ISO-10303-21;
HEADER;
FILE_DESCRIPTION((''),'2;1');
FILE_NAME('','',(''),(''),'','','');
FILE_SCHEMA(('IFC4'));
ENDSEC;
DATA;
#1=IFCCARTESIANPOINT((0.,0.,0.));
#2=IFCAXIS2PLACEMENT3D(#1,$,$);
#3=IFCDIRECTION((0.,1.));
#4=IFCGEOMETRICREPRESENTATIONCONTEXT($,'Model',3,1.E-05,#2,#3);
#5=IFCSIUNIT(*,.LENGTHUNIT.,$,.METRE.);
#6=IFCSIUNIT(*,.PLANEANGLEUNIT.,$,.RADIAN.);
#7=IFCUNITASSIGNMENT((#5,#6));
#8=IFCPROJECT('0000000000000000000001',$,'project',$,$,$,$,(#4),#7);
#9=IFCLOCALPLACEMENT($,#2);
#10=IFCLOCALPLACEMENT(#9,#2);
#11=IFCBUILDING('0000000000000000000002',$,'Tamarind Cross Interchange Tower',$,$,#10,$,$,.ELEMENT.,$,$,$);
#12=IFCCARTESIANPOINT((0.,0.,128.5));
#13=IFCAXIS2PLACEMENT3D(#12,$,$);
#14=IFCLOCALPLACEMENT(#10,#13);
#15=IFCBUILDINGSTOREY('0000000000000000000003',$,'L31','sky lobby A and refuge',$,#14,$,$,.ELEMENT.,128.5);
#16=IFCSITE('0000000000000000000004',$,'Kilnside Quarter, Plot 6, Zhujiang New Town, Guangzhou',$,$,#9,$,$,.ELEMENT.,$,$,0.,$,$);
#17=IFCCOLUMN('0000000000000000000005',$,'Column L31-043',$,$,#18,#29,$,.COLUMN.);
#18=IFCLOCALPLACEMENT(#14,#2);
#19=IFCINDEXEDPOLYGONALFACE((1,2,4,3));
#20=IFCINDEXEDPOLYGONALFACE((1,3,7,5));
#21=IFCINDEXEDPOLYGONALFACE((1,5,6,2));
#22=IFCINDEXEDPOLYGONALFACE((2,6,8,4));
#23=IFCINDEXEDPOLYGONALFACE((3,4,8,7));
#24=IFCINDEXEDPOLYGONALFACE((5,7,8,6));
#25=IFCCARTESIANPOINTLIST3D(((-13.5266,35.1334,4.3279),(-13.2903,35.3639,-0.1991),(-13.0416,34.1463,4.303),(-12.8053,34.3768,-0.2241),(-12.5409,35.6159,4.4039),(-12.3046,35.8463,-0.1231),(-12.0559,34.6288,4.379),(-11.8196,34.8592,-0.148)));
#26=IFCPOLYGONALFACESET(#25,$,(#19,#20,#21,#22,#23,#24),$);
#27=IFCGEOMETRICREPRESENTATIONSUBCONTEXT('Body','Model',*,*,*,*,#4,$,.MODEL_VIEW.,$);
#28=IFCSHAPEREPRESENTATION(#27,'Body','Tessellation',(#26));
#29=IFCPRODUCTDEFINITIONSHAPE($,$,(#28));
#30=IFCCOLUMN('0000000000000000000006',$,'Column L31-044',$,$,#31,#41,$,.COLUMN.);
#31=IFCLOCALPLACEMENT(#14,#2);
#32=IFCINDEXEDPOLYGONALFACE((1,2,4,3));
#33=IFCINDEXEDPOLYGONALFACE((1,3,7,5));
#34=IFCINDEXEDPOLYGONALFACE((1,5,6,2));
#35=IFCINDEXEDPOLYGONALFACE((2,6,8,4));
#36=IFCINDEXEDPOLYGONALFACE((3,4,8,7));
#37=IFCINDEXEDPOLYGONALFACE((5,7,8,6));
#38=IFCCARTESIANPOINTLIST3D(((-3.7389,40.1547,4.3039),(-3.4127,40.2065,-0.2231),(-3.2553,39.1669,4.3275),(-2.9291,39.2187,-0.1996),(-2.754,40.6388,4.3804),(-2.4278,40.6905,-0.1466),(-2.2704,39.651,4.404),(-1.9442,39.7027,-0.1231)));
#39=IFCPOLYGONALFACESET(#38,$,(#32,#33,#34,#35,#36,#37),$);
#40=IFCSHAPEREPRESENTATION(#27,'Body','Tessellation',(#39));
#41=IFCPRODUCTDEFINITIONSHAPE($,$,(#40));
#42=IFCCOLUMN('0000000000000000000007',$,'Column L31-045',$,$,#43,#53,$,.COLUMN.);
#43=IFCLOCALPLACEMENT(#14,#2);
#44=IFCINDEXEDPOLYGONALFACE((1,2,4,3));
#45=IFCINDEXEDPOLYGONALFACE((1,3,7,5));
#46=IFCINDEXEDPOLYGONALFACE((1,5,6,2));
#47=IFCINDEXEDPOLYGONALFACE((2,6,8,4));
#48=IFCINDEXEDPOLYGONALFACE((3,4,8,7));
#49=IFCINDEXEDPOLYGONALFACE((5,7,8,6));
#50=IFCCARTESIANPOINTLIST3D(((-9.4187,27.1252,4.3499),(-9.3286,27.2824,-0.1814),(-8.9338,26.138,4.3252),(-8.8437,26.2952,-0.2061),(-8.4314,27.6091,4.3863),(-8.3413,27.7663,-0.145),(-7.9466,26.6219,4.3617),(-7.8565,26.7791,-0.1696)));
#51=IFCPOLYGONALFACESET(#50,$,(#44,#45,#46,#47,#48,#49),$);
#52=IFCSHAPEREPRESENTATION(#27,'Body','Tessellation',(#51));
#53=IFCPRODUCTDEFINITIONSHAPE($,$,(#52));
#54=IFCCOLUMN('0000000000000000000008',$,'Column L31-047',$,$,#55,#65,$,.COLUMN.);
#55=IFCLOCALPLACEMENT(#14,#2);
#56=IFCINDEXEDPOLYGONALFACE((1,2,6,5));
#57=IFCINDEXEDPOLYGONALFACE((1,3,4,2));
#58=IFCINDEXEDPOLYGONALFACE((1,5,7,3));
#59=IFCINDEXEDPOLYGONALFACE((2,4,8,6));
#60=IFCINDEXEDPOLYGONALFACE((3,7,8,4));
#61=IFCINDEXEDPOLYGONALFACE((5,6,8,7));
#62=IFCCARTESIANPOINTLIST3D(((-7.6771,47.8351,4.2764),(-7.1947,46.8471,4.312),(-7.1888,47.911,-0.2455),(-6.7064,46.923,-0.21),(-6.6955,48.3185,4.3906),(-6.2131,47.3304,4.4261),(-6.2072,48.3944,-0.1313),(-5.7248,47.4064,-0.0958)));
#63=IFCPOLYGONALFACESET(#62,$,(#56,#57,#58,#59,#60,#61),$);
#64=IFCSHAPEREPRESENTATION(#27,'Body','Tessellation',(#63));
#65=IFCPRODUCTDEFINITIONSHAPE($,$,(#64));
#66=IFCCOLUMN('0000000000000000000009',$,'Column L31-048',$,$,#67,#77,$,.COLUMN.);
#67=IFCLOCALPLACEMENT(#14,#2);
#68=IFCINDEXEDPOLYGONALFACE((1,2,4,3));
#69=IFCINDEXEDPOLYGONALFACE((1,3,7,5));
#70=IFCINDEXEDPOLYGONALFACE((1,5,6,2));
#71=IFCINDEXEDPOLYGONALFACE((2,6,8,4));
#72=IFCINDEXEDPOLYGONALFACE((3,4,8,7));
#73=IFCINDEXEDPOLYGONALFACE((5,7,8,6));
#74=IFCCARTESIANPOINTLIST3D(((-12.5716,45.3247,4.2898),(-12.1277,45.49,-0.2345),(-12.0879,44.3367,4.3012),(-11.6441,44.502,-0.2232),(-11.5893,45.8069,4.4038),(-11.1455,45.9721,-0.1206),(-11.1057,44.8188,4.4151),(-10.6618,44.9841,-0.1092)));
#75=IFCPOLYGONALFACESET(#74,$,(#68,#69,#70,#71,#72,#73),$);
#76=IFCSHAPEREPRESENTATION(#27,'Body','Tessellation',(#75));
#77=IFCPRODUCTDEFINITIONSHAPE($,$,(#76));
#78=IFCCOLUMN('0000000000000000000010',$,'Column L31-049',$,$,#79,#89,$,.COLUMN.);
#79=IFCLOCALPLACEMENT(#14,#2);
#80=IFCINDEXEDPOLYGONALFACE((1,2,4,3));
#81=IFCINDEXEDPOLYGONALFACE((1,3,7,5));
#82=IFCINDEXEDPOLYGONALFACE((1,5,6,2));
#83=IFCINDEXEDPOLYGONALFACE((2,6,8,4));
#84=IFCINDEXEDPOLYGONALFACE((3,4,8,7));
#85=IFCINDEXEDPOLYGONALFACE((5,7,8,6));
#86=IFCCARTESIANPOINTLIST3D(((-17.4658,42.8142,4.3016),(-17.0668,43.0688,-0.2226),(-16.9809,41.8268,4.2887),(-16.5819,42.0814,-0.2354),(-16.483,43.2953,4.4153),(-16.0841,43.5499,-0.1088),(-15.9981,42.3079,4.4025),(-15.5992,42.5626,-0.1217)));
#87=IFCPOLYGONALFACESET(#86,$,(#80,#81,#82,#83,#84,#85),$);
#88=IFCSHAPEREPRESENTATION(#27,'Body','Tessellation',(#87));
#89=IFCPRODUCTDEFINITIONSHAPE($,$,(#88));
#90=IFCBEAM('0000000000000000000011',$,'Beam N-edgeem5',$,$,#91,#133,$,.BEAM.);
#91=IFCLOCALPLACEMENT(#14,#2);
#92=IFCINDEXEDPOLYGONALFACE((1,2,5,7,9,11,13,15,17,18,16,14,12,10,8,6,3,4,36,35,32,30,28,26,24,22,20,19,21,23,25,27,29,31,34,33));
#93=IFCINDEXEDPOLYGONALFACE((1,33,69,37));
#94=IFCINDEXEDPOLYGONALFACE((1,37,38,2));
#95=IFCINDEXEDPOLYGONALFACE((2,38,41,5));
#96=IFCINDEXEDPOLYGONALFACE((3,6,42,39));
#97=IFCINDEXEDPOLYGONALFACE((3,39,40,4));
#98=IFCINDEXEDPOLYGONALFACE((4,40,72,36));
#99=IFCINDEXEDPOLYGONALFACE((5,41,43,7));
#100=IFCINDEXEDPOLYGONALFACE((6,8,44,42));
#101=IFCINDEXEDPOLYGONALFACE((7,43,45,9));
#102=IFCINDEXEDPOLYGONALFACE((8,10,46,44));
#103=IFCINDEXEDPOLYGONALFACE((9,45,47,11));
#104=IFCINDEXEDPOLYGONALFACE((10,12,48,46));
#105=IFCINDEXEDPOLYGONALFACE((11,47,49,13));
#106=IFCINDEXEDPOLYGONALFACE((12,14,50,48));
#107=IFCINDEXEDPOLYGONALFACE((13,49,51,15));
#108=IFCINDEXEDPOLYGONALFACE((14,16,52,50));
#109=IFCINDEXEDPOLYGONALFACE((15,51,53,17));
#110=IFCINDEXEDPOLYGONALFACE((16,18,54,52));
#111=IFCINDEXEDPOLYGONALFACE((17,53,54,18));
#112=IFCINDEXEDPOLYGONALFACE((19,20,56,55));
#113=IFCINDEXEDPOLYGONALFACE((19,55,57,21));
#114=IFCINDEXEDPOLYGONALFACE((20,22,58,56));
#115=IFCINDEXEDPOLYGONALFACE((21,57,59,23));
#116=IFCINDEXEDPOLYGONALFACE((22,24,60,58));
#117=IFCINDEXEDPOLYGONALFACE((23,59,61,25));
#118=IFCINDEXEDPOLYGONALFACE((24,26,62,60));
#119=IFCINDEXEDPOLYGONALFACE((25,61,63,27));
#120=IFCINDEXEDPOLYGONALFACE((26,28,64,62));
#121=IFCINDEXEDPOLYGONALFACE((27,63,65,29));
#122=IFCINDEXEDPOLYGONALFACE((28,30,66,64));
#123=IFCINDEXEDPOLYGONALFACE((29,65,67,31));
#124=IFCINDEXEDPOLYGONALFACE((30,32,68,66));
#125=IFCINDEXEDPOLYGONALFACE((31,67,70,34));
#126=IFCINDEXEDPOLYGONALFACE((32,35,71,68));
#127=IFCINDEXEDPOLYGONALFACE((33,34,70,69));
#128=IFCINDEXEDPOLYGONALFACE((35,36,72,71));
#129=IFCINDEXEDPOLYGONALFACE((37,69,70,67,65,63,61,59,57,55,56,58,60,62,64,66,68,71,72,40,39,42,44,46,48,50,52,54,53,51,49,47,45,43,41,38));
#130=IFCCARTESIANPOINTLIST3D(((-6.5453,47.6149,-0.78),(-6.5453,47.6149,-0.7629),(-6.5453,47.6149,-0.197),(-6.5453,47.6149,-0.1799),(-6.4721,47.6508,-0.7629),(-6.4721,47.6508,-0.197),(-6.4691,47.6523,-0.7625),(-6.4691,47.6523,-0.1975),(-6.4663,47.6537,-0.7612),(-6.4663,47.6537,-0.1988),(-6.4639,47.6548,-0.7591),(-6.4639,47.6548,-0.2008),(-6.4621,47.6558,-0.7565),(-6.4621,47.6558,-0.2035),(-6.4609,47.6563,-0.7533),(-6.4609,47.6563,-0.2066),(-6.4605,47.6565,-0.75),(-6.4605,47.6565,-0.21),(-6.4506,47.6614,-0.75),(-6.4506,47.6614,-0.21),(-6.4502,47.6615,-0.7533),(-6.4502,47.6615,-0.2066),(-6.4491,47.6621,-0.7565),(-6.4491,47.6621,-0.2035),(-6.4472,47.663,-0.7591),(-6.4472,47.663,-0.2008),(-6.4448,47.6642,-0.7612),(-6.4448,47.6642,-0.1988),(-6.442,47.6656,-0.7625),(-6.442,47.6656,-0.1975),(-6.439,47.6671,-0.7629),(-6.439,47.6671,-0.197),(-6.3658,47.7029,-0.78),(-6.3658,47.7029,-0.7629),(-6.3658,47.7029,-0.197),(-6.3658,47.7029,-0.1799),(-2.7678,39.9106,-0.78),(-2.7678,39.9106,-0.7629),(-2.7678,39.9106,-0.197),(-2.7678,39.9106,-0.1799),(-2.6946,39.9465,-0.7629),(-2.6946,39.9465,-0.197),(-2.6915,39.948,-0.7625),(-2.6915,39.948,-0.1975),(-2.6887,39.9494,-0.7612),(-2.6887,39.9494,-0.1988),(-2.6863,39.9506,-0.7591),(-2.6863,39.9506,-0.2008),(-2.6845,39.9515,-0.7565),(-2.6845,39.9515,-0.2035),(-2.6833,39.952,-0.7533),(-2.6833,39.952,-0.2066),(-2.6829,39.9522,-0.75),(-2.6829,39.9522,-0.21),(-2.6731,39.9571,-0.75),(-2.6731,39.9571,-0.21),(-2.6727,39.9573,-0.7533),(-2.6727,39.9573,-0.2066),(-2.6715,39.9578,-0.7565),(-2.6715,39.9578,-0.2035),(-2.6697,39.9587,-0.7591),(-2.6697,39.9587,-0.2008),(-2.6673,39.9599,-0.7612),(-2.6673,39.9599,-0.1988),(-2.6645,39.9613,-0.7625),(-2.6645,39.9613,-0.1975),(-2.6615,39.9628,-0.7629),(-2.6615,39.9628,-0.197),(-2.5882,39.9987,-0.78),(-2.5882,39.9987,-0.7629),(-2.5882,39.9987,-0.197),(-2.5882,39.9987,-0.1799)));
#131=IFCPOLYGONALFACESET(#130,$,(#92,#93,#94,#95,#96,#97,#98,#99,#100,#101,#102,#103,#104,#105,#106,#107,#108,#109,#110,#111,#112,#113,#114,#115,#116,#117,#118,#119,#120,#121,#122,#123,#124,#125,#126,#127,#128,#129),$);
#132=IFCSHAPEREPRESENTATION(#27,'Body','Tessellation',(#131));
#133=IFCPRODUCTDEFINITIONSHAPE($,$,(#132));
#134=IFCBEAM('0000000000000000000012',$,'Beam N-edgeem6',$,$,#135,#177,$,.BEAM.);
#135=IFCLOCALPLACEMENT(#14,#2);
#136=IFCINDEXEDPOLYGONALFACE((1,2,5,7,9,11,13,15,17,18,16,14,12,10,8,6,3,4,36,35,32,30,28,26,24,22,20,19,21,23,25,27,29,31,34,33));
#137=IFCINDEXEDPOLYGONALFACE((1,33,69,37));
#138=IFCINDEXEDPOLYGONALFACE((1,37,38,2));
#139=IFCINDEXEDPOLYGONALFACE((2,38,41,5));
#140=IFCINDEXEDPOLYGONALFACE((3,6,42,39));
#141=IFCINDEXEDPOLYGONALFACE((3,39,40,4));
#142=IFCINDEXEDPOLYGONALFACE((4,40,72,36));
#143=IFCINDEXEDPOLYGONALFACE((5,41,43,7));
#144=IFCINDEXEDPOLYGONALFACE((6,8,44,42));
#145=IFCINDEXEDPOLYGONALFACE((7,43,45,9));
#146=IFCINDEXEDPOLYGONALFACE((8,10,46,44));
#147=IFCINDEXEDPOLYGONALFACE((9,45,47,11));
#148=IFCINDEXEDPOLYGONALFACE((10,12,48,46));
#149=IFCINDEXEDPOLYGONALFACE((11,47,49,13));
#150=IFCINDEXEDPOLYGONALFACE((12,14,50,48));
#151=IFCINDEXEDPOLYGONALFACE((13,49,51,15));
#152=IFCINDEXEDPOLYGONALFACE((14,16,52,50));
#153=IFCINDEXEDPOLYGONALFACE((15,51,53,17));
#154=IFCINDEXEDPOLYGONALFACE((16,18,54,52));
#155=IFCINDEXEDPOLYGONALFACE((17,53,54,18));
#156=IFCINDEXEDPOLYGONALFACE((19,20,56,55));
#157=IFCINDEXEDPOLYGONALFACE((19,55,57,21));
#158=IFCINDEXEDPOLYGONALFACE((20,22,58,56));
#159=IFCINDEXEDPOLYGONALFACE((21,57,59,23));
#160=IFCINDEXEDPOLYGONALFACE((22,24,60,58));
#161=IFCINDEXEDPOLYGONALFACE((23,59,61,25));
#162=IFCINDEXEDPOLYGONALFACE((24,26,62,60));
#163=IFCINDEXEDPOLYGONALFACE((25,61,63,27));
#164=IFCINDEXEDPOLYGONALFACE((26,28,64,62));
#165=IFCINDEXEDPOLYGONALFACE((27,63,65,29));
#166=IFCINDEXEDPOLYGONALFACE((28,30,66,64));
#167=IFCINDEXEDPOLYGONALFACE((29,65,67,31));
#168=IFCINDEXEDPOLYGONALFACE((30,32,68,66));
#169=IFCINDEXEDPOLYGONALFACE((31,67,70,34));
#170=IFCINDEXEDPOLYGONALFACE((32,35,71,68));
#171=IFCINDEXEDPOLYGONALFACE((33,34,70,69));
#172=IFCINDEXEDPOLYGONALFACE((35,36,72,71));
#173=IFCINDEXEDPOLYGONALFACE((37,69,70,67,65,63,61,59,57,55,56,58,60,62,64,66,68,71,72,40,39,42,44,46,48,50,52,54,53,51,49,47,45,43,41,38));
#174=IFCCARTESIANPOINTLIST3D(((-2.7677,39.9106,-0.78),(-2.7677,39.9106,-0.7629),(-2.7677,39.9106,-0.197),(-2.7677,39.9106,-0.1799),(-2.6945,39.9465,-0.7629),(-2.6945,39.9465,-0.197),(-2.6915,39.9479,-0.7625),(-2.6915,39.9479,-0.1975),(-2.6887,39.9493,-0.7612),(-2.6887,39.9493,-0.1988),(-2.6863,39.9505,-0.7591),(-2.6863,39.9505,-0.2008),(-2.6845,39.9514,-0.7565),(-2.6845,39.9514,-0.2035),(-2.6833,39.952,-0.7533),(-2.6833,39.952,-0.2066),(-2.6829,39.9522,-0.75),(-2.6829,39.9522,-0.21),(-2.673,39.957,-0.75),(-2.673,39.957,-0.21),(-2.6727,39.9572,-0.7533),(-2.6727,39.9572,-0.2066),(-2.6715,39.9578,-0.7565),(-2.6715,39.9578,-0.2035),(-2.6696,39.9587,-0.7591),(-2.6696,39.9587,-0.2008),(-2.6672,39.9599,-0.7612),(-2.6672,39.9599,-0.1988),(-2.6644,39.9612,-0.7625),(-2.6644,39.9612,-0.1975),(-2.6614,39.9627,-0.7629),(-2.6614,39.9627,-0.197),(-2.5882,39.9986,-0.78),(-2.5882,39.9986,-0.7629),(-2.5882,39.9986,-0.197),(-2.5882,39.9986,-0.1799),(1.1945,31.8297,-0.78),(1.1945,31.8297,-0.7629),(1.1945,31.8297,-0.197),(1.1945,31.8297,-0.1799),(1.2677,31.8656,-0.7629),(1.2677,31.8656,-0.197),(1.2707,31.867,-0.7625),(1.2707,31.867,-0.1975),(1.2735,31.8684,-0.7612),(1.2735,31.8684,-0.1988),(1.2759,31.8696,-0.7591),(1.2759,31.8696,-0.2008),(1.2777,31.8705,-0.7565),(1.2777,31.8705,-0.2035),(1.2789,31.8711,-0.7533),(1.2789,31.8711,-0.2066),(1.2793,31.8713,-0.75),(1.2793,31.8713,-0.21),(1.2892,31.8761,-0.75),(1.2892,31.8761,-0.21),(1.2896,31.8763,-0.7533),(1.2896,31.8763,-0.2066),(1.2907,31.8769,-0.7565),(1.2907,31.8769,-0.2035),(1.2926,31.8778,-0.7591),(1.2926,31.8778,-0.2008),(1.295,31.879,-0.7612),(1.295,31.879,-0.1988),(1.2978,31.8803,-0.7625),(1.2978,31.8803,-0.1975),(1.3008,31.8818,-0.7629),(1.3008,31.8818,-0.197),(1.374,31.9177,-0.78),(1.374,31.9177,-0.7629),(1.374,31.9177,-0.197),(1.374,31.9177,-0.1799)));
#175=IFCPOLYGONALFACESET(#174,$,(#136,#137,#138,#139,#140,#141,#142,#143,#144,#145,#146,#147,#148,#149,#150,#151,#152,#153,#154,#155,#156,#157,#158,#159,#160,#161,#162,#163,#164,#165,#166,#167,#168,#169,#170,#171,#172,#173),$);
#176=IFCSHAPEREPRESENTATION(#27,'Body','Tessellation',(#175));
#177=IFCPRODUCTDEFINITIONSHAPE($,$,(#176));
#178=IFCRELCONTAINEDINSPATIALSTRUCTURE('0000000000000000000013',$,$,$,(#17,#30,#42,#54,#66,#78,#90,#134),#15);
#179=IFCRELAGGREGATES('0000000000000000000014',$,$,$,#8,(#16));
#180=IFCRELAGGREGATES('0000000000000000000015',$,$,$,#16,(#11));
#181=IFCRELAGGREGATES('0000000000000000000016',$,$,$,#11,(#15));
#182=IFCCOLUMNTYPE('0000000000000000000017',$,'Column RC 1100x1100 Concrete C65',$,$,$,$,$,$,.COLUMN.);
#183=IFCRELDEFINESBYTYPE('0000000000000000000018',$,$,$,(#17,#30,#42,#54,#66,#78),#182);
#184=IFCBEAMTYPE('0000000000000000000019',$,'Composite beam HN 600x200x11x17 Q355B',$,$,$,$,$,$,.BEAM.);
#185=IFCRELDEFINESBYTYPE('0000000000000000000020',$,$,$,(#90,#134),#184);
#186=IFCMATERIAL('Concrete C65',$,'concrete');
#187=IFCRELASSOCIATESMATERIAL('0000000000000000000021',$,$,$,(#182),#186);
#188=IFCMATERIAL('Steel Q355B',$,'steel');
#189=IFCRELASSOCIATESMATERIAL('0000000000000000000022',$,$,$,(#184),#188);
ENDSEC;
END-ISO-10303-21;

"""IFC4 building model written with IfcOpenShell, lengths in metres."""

from ifc_helpers import new_model, si_unit, direction, frame, origin, origin_2d, place, context, subcontext, project, spatial, rectangle, i_section, extrude, material, material_profile, profile_set, type_object, element, save


model = new_model("IFC4")

# Units and contexts
model_context = context("Model", 3, precision=1e-05, world=origin(), true_north=direction((0.0, 1.0)))
body_context = subcontext(model_context, "Body", "Model", "MODEL_VIEW")
ifc_project = project(units=[si_unit("LENGTHUNIT", "METRE"), si_unit("PLANEANGLEUNIT", "RADIAN")], contexts=[model_context])

# Site, building, storey
site_placement = place(None, origin())
site = spatial("IfcSite", under=ifc_project, at=site_placement, Name="Kilnside Quarter, Plot 6, Zhujiang New Town, Guangzhou", CompositionType="ELEMENT", RefElevation=0.0)
building_placement = place(site_placement, origin())
building = spatial("IfcBuilding", under=site, at=building_placement, Name="Tamarind Cross Interchange Tower", CompositionType="ELEMENT")
storey_placement = place(building_placement, frame((0.0, 0.0, 128.5)))
storey = spatial("IfcBuildingStorey", under=building, at=storey_placement, Name="L31", Description="sky lobby A and refuge", CompositionType="ELEMENT", Elevation=128.5)

# Columns
ifc_material_1 = material(Name="Concrete C65", Category="concrete")
ifc_material_profile_1 = material_profile(ifc_material_1, rectangle(XDim=1.1001, YDim=1.1001, at=origin_2d()), Name="RC 1100x1100")
ifc_profile_set_1 = profile_set([ifc_material_profile_1], Name="Concrete C65")
column_type = type_object("IfcColumnType", Name="Column RC 1100x1100 Concrete C65", PredefinedType="COLUMN", material=ifc_profile_set_1)
for number, where, z_axis, x_axis, name in (
    (1, (-12.5549, 35.1116, -0.1736), (-0.052065, -0.050774, 0.997352), (0.896057, 0.438527, 0.069102), "Column L31-043"),
    (2, (-2.6785, 39.9546, -0.1731), (-0.071858, -0.011403, 0.99735), (0.43965, -0.897914, 0.021411), "Column L31-044"),
):
    element("IfcColumn", number, at=place(storey_placement, frame(where, z_axis=z_axis, x_axis=x_axis)), inside=storey, type_object=column_type, Name=name, PredefinedType="COLUMN", context=body_context, shape_type="SweptSolid", body=[
        extrude(rectangle(XDim=1.1001, YDim=1.1001, at=origin_2d()), origin(), (0.0, 0.0, 1.0), 4.5391),
    ])
column_1_placement = place(storey_placement, frame((-8.5925, 27.0308, -0.1755), z_axis=(-0.019866, -0.034671, 0.999201), x_axis=(0.897428, 0.439917, 0.033107)))
element("IfcColumn", 3, at=column_1_placement, inside=storey, type_object=column_type, Name="Column L31-045", PredefinedType="COLUMN", context=body_context, shape_type="SweptSolid", body=[
    extrude(rectangle(XDim=1.1001, YDim=1.1001, at=origin_2d()), origin(), (0.0, 0.0, 1.0), 4.5349),
])
column_2_placement = place(storey_placement, frame((-6.4568, 47.6587, -0.1707), z_axis=(-0.107341, -0.016691, 0.994082), x_axis=(0.43852, -0.898142, 0.032271)))
element("IfcColumn", 4, at=column_2_placement, inside=storey, type_object=column_type, Name="Column L31-047", PredefinedType="COLUMN", context=body_context, shape_type="SweptSolid", body=[
    extrude(rectangle(XDim=1.1001, YDim=1.1001, at=origin_2d()), origin(), (0.0, 0.0, 1.0), 4.5488),
])
column_3_placement = place(storey_placement, frame((-11.3948, 45.2371, -0.1719), z_axis=(-0.097567, -0.036333, 0.994565), x_axis=(0.43965, -0.89811, 0.010321)))
element("IfcColumn", 5, at=column_3_placement, inside=storey, type_object=column_type, Name="Column L31-048", PredefinedType="COLUMN", context=body_context, shape_type="SweptSolid", body=[
    extrude(rectangle(XDim=1.1001, YDim=1.1001, at=origin_2d()), origin(), (0.0, 0.0, 1.0), 4.5491),
])
column_4_placement = place(storey_placement, frame((-16.333, 42.8157, -0.1721), z_axis=(-0.087698, -0.055979, 0.994573), x_axis=(0.893321, 0.437366, 0.103387)))
element("IfcColumn", 6, at=column_4_placement, inside=storey, type_object=column_type, Name="Column L31-049", PredefinedType="COLUMN", context=body_context, shape_type="SweptSolid", body=[
    extrude(rectangle(XDim=1.1001, YDim=1.1001, at=origin_2d()), origin(), (0.0, 0.0, 1.0), 4.5488),
])

# Beams
ifc_material_2 = material(Name="Steel Q355B", Category="steel")
ifc_material_profile_2 = material_profile(ifc_material_2, i_section(OverallWidth=0.2, OverallDepth=0.6001, WebThickness=0.011, FlangeThickness=0.0171, FilletRadius=0.0129, at=origin_2d()), Name="HN 600x200x11x17")
ifc_profile_set_2 = profile_set([ifc_material_profile_2], Name="Steel Q355B")
beam_type_1 = type_object("IfcBeamType", Name="Composite beam HN 600x200x11x17 Q355B", PredefinedType="BEAM", material=ifc_profile_set_2)
beam_1_placement = place(storey_placement, frame((-6.4556, 47.6589, -0.48), z_axis=(0.440246, -0.897877, 0.0), x_axis=(0.897877, 0.440246, 0.0)))
element("IfcBeam", 7, at=beam_1_placement, inside=storey, type_object=beam_type_1, Name="Beam N-edgeem5", PredefinedType="BEAM", context=body_context, shape_type="SweptSolid", body=[
    extrude(i_section(OverallWidth=0.2, OverallDepth=0.6001, WebThickness=0.011, FlangeThickness=0.0171, FilletRadius=0.0129, at=origin_2d()), origin(), (0.0, 0.0, 1.0), 8.5806),
])
beam_2_placement = place(storey_placement, frame((-2.678, 39.9546, -0.48), z_axis=(0.440245, -0.897878, 0.0), x_axis=(0.897878, 0.440245, 0.0)))
element("IfcBeam", 8, at=beam_2_placement, inside=storey, type_object=beam_type_1, Name="Beam N-edgeem6", PredefinedType="BEAM", context=body_context, shape_type="SweptSolid", body=[
    extrude(i_section(OverallWidth=0.2, OverallDepth=0.6001, WebThickness=0.011, FlangeThickness=0.0171, FilletRadius=0.0129, at=origin_2d()), origin(), (0.0, 0.0, 1.0), 9.0),
])

save(model, "model.ifc")
